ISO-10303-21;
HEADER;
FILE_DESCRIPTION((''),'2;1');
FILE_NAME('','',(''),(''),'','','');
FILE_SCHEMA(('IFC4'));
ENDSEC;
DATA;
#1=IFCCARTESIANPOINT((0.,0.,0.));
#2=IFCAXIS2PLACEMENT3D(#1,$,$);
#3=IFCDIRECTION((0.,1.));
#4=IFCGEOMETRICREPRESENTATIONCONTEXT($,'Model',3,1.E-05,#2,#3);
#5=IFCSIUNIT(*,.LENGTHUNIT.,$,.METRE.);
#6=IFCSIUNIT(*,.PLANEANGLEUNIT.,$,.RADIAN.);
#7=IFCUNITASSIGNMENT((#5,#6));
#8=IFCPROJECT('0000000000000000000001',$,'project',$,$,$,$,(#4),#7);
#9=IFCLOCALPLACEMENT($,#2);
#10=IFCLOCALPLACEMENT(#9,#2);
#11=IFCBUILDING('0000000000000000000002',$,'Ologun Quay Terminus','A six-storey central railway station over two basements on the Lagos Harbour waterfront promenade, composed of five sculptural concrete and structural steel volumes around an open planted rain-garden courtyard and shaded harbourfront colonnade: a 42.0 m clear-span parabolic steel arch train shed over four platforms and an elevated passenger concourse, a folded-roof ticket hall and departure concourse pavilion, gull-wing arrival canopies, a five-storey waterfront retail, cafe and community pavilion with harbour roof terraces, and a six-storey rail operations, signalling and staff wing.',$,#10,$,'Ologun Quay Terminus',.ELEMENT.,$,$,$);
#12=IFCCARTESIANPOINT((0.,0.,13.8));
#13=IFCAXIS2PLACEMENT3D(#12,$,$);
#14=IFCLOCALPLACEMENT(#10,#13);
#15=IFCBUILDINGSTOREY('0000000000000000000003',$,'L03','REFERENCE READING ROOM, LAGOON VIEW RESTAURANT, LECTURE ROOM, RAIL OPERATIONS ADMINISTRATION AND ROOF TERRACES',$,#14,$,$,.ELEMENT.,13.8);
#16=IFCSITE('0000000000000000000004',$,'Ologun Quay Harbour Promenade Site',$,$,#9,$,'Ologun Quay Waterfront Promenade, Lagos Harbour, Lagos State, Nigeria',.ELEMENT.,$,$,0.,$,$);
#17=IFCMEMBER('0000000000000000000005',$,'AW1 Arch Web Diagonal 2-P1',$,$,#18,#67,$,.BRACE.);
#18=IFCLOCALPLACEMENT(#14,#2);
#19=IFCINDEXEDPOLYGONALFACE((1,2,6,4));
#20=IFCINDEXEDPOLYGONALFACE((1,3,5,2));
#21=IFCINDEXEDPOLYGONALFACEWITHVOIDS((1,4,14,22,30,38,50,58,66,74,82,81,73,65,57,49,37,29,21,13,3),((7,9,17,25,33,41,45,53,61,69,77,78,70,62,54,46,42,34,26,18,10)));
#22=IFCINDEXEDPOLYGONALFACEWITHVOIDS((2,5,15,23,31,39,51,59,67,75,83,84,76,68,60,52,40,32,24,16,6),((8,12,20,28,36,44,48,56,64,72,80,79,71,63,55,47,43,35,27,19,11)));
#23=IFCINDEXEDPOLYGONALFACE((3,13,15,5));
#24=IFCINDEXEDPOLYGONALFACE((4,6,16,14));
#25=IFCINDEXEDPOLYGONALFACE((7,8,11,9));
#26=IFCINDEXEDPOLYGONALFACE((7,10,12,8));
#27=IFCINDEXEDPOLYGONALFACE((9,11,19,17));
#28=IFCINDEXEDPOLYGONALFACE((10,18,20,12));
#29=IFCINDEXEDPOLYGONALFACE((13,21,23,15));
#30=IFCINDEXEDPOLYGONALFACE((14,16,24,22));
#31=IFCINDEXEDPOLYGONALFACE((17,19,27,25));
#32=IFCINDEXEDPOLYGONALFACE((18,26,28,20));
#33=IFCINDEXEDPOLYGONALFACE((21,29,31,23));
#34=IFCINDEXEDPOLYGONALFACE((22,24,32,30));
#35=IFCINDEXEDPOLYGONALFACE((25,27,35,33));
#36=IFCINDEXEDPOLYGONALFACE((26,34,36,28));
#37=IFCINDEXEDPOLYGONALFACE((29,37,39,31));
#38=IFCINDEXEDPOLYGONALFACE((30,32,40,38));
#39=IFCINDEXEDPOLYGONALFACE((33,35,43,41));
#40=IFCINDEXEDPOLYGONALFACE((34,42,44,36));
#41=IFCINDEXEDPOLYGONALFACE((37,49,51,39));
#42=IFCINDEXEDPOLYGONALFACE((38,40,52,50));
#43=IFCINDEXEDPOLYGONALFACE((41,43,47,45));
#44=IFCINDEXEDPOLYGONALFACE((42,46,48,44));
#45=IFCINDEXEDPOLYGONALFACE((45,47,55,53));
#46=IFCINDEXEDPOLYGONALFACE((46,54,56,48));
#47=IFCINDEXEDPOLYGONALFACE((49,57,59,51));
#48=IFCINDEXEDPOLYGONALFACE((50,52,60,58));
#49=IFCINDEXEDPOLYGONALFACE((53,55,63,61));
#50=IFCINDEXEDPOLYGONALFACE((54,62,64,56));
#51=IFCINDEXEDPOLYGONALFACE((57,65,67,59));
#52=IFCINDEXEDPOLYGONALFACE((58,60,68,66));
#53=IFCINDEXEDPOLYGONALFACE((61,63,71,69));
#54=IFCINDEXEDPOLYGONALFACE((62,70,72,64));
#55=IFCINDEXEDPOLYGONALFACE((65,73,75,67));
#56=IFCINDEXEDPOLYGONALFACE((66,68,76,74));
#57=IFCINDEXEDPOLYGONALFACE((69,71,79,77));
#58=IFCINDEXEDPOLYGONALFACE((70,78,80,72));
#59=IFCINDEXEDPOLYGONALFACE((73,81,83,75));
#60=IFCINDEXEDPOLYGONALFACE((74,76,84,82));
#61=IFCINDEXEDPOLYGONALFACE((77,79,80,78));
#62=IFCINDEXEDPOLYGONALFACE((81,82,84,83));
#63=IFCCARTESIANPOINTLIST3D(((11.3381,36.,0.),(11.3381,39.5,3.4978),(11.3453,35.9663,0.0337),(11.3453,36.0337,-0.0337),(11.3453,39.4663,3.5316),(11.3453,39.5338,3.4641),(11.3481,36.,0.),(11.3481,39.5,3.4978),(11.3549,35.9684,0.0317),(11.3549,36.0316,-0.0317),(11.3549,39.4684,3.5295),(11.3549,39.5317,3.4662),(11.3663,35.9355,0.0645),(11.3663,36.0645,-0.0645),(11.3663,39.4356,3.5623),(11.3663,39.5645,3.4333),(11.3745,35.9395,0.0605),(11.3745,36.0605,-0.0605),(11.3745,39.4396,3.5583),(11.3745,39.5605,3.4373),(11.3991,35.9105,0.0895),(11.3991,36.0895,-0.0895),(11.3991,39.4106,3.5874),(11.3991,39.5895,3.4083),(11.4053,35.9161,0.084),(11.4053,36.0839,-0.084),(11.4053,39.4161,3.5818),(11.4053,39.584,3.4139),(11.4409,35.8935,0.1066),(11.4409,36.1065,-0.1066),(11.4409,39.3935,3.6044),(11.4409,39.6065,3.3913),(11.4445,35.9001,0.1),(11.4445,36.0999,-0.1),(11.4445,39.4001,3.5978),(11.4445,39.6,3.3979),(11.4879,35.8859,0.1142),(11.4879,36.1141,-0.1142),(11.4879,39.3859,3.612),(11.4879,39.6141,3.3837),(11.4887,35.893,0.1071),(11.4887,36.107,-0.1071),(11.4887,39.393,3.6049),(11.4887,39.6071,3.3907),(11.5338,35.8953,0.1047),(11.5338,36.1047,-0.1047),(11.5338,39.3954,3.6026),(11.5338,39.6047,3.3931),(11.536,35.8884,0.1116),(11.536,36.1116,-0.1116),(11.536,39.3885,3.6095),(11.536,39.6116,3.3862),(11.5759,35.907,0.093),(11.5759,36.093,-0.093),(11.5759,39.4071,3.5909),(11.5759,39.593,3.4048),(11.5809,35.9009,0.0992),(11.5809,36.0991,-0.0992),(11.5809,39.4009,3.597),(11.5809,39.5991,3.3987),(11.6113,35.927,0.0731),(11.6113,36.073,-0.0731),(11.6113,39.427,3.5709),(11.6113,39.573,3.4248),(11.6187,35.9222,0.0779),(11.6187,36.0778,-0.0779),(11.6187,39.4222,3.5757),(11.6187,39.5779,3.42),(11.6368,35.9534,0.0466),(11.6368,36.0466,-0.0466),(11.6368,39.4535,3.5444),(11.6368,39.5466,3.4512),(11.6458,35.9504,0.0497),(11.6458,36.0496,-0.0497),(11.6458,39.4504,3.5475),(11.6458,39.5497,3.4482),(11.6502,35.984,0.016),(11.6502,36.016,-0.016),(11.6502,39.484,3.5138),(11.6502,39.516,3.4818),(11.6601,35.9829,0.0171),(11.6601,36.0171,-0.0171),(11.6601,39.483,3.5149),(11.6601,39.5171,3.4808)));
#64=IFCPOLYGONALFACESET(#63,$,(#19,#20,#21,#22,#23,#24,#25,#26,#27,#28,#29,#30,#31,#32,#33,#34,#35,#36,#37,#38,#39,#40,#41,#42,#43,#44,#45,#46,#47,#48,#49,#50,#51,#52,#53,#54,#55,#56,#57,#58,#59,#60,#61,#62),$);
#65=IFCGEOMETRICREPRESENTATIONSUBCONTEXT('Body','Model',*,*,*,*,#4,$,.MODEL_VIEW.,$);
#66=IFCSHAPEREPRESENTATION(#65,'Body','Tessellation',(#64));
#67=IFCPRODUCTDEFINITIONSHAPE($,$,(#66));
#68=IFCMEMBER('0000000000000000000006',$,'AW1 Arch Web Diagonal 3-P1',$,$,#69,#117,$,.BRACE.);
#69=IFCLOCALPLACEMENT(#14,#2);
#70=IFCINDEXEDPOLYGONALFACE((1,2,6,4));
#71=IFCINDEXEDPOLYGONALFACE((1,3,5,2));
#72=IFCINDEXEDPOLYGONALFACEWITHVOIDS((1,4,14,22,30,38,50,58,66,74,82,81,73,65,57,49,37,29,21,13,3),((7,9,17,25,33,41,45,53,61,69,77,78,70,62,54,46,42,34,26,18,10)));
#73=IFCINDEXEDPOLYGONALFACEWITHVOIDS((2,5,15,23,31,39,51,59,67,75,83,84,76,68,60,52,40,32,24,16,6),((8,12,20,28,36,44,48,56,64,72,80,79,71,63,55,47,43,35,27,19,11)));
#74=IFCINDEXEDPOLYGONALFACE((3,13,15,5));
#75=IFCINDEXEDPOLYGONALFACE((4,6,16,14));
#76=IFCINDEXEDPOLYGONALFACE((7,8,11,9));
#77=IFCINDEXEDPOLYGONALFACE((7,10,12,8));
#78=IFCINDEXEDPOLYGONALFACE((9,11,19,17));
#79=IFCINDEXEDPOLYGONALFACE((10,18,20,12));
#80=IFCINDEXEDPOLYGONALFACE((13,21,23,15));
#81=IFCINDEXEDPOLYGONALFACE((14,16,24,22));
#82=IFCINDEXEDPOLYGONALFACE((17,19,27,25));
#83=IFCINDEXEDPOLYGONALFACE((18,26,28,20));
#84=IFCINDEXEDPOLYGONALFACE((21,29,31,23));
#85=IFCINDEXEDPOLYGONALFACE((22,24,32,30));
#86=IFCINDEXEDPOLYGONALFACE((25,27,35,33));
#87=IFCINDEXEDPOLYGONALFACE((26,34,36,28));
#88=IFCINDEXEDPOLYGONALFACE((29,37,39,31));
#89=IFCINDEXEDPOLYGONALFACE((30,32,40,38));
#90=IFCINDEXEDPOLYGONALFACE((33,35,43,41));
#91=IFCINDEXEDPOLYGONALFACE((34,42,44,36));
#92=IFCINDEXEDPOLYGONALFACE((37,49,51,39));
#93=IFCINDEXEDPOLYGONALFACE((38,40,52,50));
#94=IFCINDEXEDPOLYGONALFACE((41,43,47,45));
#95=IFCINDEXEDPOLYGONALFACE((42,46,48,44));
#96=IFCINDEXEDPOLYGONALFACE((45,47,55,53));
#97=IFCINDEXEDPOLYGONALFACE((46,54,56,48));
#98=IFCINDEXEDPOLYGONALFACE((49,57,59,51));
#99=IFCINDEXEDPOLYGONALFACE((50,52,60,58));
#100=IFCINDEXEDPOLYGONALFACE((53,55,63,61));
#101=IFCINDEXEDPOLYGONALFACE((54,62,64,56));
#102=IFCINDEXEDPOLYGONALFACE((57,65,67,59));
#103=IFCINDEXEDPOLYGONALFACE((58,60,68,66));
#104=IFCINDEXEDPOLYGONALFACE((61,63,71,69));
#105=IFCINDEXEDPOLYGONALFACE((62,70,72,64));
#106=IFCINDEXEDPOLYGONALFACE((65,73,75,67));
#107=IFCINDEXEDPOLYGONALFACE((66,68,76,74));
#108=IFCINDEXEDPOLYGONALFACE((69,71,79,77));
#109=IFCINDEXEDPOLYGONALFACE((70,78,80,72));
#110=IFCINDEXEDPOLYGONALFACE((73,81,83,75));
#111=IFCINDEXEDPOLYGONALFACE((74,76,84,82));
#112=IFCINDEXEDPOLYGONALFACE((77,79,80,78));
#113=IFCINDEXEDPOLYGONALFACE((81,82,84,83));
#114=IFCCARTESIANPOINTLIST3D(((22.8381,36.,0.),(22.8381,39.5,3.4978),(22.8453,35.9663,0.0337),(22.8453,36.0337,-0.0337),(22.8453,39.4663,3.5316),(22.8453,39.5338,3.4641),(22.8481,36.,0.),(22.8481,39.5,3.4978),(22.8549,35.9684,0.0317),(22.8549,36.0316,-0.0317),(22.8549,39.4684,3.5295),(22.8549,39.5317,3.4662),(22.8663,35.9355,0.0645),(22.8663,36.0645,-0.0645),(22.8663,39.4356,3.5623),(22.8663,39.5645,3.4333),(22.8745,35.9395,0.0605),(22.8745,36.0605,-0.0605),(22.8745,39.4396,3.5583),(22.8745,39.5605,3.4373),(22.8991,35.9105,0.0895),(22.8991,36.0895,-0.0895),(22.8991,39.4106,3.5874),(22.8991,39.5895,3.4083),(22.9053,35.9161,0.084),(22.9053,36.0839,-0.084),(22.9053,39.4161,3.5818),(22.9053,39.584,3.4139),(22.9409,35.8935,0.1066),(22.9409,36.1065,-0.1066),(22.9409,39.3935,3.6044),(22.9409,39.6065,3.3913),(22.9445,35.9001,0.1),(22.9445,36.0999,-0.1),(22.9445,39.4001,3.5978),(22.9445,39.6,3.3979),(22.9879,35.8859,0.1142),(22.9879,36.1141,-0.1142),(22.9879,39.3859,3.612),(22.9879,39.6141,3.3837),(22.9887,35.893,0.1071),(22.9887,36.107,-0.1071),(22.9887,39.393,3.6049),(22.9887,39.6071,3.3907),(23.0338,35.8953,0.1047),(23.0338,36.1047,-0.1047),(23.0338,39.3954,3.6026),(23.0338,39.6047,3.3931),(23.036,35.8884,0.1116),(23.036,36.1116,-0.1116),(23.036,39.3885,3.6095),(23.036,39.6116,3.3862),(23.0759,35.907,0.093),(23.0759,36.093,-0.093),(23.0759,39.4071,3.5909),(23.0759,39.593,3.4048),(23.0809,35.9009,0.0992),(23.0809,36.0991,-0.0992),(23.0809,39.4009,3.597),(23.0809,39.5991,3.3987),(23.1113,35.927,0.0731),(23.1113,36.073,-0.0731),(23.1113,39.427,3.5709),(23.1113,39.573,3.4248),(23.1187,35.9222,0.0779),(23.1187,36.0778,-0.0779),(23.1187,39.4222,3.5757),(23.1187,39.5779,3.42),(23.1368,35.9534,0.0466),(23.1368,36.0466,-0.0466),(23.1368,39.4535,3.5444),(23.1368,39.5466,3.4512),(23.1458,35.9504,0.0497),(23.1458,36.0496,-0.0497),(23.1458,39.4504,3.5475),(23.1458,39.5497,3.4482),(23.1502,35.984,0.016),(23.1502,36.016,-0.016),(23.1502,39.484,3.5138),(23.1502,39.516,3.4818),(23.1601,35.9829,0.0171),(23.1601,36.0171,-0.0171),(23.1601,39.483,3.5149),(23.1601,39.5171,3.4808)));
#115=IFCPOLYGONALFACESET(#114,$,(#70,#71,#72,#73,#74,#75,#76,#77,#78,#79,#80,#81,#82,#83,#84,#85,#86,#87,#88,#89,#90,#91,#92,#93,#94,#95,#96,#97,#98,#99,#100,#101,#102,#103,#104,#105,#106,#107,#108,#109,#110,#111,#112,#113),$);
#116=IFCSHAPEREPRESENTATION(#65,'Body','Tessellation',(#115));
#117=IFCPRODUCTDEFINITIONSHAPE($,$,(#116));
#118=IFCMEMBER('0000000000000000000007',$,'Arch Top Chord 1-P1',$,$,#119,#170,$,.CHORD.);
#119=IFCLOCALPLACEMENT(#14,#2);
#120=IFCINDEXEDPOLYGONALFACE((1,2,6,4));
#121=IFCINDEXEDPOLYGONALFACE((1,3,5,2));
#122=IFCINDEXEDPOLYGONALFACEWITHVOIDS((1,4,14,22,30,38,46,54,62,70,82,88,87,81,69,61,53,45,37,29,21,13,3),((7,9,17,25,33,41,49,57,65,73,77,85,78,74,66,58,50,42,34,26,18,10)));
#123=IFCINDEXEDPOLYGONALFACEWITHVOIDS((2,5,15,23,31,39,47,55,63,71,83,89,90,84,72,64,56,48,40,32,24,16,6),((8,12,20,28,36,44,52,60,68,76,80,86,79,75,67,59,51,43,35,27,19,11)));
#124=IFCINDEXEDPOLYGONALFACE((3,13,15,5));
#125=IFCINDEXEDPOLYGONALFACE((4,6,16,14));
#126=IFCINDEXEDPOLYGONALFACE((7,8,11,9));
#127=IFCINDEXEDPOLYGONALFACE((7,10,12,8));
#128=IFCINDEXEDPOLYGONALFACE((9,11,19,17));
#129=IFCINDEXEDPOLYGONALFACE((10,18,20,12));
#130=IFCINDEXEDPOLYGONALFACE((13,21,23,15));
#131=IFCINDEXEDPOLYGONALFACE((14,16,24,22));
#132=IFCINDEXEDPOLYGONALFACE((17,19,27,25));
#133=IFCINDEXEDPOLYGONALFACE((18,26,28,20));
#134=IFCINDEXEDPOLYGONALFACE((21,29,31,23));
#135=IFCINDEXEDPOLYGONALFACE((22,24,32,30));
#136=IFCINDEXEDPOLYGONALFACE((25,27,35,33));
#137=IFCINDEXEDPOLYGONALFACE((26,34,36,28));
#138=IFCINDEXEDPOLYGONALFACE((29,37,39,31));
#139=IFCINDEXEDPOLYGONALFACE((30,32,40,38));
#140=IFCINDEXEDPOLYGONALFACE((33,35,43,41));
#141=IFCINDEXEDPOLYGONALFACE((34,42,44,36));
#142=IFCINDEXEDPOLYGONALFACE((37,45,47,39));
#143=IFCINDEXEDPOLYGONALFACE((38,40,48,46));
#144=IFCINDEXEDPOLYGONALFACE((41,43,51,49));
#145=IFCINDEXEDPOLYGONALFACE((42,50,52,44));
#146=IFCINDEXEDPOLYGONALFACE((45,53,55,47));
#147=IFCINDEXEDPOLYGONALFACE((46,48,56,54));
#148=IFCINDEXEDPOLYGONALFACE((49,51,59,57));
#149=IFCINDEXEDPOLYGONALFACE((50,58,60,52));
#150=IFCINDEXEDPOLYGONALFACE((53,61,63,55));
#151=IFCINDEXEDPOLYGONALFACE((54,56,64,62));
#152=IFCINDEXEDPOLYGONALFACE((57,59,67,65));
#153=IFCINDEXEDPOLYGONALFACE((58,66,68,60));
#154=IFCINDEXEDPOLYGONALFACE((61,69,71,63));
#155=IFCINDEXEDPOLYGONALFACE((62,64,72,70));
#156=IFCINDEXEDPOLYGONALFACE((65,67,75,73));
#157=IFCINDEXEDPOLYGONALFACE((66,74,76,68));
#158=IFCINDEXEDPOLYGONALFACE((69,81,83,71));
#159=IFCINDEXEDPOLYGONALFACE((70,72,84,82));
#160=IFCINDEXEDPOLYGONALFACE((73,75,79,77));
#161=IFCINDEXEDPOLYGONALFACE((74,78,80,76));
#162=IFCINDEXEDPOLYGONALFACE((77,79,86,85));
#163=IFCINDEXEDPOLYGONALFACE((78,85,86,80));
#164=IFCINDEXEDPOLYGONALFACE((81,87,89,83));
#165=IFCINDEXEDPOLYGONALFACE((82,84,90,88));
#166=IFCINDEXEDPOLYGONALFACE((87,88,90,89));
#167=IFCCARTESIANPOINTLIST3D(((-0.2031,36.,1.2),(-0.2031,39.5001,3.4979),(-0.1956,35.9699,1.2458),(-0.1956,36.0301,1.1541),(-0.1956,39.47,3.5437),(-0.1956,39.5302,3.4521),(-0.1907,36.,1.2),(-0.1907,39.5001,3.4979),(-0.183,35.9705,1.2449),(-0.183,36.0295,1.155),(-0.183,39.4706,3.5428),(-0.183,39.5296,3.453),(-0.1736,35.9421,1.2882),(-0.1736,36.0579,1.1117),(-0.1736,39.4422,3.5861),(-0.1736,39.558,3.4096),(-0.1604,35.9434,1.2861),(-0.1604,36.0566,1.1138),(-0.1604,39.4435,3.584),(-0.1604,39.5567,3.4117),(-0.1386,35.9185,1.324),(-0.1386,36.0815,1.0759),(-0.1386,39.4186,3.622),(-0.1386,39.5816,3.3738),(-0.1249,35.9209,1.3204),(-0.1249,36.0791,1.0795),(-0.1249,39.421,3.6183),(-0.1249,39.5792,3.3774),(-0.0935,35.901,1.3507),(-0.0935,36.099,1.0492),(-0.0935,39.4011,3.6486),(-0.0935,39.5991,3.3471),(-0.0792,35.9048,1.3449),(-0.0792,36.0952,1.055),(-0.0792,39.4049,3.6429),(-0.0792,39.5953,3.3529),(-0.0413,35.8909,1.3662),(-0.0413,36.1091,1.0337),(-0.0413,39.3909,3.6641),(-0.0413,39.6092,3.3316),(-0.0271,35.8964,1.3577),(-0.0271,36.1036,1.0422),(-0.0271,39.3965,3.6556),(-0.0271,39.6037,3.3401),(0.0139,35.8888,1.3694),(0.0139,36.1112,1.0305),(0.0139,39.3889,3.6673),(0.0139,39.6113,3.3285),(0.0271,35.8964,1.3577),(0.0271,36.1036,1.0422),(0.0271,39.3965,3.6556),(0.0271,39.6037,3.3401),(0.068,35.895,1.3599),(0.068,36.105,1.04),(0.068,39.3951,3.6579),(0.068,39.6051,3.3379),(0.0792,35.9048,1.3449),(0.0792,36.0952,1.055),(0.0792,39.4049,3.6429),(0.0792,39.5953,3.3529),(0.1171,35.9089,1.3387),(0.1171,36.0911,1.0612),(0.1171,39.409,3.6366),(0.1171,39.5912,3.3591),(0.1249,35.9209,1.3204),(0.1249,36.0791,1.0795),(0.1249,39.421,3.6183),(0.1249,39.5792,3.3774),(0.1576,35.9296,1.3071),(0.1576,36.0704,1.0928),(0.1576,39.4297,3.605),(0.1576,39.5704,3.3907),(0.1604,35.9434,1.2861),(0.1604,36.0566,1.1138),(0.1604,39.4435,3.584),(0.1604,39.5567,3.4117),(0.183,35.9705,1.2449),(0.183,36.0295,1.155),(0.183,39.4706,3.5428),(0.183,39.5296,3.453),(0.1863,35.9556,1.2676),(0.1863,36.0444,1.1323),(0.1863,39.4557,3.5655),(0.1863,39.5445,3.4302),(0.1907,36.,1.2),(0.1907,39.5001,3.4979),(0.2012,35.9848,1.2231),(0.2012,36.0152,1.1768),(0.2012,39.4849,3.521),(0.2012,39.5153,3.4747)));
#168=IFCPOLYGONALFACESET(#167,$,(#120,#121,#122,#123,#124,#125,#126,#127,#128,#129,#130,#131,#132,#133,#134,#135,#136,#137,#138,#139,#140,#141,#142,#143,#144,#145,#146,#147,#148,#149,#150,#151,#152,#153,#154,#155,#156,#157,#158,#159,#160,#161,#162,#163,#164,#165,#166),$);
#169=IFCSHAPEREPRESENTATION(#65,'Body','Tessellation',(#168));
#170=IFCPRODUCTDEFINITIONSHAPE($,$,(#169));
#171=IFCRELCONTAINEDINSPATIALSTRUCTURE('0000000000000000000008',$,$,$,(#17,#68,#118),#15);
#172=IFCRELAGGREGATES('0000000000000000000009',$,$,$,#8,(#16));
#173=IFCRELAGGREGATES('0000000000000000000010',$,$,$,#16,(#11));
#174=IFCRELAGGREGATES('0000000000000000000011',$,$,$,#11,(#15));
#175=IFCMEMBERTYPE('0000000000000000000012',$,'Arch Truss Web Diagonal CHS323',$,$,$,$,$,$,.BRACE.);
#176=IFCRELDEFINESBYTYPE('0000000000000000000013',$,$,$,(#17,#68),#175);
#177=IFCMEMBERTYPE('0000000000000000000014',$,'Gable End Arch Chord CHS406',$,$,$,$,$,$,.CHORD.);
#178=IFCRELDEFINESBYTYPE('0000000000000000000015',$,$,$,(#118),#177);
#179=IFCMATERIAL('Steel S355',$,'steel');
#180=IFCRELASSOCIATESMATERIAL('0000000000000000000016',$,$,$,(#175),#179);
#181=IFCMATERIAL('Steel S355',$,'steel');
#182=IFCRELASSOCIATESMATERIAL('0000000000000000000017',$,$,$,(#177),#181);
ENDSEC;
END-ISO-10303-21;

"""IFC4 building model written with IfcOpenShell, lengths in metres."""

from ifc_helpers import new_model, si_unit, direction, frame, origin, origin_2d, place, context, subcontext, project, spatial, hollow_circle, extrude, material, material_profile, profile_set, type_object, element, save


model = new_model("IFC4")

# Units and contexts
model_context = context("Model", 3, precision=1e-05, world=origin(), true_north=direction((0.0, 1.0)))
body_context = subcontext(model_context, "Body", "Model", "MODEL_VIEW")
ifc_project = project(units=[si_unit("LENGTHUNIT", "METRE"), si_unit("PLANEANGLEUNIT", "RADIAN")], contexts=[model_context])

# Site, building, storey
site_placement = place(None, origin())
site = spatial("IfcSite", under=ifc_project, at=site_placement, Name="Ologun Quay Harbour Promenade Site", LongName="Ologun Quay Waterfront Promenade, Lagos Harbour, Lagos State, Nigeria", CompositionType="ELEMENT", RefElevation=0.0)
building_placement = place(site_placement, origin())
building = spatial("IfcBuilding", under=site, at=building_placement, Name="Ologun Quay Terminus", Description="A six-storey central railway station over two basements on the Lagos Harbour waterfront promenade, composed of five sculptural concrete and structural steel volumes around an open planted rain-garden courtyard and shaded harbourfront colonnade: a 42.0 m clear-span parabolic steel arch train shed over four platforms and an elevated passenger concourse, a folded-roof ticket hall and departure concourse pavilion, gull-wing arrival canopies, a five-storey waterfront retail, cafe and community pavilion with harbour roof terraces, and a six-storey rail operations, signalling and staff wing.", LongName="Ologun Quay Terminus", CompositionType="ELEMENT")
storey_placement = place(building_placement, frame((0.0, 0.0, 13.8)))
storey = spatial("IfcBuildingStorey", under=building, at=storey_placement, Name="L03", Description="REFERENCE READING ROOM, LAGOON VIEW RESTAURANT, LECTURE ROOM, RAIL OPERATIONS ADMINISTRATION AND ROOF TERRACES", CompositionType="ELEMENT", Elevation=13.8)

# Members
ifc_material_1 = material(Name="Steel S355", Category="steel")
ifc_material_profile_1 = material_profile(ifc_material_1, hollow_circle(Radius=0.1619, WallThickness=0.01, at=origin_2d()), Name="CHS 323.9x10")
ifc_profile_set_1 = profile_set([ifc_material_profile_1], Name="Steel S355")
member_type_1 = type_object("IfcMemberType", Name="Arch Truss Web Diagonal CHS323", PredefinedType="BRACE", material=ifc_profile_set_1)
for number, where, z_axis, x_axis, name in (
    (1, (11.5, 36.0, 0.0), (0.0, 0.707329, 0.706885), (-1.0, 0.0, 0.0), "AW1 Arch Web Diagonal 2-P1"),
    (2, (23.0, 36.0, 0.0), (0.0, 0.707329, 0.706885), (-1.0, 0.0, 0.0), "AW1 Arch Web Diagonal 3-P1"),
):
    element("IfcMember", number, at=place(storey_placement, frame(where, z_axis=z_axis, x_axis=x_axis)), inside=storey, type_object=member_type_1, Name=name, PredefinedType="BRACE", context=body_context, shape_type="SweptSolid", body=[
        extrude(hollow_circle(Radius=0.1619, WallThickness=0.01, at=origin_2d()), origin(), (0.0, 0.0, 1.0), 4.9482),
    ])
ifc_material_2 = material(Name="Steel S355", Category="steel")
ifc_material_profile_2 = material_profile(ifc_material_2, hollow_circle(Radius=0.2031, WallThickness=0.0125, at=origin_2d()), Name="CHS 406.4x12.5")
ifc_profile_set_2 = profile_set([ifc_material_profile_2], Name="Steel S355")
member_type_2 = type_object("IfcMemberType", Name="Gable End Arch Chord CHS406", PredefinedType="CHORD", material=ifc_profile_set_2)
member_1_placement = place(storey_placement, frame((0.0, 36.0, 1.2), z_axis=(0.0, 0.835941, 0.548819), x_axis=(-1.0, 0.0, 0.0)))
element("IfcMember", 3, at=member_1_placement, inside=storey, type_object=member_type_2, Name="Arch Top Chord 1-P1", PredefinedType="CHORD", context=body_context, shape_type="SweptSolid", body=[
    extrude(hollow_circle(Radius=0.2031, WallThickness=0.0125, at=origin_2d()), origin(), (0.0, 0.0, 1.0), 4.187),
])

save(model, "model.ifc")
